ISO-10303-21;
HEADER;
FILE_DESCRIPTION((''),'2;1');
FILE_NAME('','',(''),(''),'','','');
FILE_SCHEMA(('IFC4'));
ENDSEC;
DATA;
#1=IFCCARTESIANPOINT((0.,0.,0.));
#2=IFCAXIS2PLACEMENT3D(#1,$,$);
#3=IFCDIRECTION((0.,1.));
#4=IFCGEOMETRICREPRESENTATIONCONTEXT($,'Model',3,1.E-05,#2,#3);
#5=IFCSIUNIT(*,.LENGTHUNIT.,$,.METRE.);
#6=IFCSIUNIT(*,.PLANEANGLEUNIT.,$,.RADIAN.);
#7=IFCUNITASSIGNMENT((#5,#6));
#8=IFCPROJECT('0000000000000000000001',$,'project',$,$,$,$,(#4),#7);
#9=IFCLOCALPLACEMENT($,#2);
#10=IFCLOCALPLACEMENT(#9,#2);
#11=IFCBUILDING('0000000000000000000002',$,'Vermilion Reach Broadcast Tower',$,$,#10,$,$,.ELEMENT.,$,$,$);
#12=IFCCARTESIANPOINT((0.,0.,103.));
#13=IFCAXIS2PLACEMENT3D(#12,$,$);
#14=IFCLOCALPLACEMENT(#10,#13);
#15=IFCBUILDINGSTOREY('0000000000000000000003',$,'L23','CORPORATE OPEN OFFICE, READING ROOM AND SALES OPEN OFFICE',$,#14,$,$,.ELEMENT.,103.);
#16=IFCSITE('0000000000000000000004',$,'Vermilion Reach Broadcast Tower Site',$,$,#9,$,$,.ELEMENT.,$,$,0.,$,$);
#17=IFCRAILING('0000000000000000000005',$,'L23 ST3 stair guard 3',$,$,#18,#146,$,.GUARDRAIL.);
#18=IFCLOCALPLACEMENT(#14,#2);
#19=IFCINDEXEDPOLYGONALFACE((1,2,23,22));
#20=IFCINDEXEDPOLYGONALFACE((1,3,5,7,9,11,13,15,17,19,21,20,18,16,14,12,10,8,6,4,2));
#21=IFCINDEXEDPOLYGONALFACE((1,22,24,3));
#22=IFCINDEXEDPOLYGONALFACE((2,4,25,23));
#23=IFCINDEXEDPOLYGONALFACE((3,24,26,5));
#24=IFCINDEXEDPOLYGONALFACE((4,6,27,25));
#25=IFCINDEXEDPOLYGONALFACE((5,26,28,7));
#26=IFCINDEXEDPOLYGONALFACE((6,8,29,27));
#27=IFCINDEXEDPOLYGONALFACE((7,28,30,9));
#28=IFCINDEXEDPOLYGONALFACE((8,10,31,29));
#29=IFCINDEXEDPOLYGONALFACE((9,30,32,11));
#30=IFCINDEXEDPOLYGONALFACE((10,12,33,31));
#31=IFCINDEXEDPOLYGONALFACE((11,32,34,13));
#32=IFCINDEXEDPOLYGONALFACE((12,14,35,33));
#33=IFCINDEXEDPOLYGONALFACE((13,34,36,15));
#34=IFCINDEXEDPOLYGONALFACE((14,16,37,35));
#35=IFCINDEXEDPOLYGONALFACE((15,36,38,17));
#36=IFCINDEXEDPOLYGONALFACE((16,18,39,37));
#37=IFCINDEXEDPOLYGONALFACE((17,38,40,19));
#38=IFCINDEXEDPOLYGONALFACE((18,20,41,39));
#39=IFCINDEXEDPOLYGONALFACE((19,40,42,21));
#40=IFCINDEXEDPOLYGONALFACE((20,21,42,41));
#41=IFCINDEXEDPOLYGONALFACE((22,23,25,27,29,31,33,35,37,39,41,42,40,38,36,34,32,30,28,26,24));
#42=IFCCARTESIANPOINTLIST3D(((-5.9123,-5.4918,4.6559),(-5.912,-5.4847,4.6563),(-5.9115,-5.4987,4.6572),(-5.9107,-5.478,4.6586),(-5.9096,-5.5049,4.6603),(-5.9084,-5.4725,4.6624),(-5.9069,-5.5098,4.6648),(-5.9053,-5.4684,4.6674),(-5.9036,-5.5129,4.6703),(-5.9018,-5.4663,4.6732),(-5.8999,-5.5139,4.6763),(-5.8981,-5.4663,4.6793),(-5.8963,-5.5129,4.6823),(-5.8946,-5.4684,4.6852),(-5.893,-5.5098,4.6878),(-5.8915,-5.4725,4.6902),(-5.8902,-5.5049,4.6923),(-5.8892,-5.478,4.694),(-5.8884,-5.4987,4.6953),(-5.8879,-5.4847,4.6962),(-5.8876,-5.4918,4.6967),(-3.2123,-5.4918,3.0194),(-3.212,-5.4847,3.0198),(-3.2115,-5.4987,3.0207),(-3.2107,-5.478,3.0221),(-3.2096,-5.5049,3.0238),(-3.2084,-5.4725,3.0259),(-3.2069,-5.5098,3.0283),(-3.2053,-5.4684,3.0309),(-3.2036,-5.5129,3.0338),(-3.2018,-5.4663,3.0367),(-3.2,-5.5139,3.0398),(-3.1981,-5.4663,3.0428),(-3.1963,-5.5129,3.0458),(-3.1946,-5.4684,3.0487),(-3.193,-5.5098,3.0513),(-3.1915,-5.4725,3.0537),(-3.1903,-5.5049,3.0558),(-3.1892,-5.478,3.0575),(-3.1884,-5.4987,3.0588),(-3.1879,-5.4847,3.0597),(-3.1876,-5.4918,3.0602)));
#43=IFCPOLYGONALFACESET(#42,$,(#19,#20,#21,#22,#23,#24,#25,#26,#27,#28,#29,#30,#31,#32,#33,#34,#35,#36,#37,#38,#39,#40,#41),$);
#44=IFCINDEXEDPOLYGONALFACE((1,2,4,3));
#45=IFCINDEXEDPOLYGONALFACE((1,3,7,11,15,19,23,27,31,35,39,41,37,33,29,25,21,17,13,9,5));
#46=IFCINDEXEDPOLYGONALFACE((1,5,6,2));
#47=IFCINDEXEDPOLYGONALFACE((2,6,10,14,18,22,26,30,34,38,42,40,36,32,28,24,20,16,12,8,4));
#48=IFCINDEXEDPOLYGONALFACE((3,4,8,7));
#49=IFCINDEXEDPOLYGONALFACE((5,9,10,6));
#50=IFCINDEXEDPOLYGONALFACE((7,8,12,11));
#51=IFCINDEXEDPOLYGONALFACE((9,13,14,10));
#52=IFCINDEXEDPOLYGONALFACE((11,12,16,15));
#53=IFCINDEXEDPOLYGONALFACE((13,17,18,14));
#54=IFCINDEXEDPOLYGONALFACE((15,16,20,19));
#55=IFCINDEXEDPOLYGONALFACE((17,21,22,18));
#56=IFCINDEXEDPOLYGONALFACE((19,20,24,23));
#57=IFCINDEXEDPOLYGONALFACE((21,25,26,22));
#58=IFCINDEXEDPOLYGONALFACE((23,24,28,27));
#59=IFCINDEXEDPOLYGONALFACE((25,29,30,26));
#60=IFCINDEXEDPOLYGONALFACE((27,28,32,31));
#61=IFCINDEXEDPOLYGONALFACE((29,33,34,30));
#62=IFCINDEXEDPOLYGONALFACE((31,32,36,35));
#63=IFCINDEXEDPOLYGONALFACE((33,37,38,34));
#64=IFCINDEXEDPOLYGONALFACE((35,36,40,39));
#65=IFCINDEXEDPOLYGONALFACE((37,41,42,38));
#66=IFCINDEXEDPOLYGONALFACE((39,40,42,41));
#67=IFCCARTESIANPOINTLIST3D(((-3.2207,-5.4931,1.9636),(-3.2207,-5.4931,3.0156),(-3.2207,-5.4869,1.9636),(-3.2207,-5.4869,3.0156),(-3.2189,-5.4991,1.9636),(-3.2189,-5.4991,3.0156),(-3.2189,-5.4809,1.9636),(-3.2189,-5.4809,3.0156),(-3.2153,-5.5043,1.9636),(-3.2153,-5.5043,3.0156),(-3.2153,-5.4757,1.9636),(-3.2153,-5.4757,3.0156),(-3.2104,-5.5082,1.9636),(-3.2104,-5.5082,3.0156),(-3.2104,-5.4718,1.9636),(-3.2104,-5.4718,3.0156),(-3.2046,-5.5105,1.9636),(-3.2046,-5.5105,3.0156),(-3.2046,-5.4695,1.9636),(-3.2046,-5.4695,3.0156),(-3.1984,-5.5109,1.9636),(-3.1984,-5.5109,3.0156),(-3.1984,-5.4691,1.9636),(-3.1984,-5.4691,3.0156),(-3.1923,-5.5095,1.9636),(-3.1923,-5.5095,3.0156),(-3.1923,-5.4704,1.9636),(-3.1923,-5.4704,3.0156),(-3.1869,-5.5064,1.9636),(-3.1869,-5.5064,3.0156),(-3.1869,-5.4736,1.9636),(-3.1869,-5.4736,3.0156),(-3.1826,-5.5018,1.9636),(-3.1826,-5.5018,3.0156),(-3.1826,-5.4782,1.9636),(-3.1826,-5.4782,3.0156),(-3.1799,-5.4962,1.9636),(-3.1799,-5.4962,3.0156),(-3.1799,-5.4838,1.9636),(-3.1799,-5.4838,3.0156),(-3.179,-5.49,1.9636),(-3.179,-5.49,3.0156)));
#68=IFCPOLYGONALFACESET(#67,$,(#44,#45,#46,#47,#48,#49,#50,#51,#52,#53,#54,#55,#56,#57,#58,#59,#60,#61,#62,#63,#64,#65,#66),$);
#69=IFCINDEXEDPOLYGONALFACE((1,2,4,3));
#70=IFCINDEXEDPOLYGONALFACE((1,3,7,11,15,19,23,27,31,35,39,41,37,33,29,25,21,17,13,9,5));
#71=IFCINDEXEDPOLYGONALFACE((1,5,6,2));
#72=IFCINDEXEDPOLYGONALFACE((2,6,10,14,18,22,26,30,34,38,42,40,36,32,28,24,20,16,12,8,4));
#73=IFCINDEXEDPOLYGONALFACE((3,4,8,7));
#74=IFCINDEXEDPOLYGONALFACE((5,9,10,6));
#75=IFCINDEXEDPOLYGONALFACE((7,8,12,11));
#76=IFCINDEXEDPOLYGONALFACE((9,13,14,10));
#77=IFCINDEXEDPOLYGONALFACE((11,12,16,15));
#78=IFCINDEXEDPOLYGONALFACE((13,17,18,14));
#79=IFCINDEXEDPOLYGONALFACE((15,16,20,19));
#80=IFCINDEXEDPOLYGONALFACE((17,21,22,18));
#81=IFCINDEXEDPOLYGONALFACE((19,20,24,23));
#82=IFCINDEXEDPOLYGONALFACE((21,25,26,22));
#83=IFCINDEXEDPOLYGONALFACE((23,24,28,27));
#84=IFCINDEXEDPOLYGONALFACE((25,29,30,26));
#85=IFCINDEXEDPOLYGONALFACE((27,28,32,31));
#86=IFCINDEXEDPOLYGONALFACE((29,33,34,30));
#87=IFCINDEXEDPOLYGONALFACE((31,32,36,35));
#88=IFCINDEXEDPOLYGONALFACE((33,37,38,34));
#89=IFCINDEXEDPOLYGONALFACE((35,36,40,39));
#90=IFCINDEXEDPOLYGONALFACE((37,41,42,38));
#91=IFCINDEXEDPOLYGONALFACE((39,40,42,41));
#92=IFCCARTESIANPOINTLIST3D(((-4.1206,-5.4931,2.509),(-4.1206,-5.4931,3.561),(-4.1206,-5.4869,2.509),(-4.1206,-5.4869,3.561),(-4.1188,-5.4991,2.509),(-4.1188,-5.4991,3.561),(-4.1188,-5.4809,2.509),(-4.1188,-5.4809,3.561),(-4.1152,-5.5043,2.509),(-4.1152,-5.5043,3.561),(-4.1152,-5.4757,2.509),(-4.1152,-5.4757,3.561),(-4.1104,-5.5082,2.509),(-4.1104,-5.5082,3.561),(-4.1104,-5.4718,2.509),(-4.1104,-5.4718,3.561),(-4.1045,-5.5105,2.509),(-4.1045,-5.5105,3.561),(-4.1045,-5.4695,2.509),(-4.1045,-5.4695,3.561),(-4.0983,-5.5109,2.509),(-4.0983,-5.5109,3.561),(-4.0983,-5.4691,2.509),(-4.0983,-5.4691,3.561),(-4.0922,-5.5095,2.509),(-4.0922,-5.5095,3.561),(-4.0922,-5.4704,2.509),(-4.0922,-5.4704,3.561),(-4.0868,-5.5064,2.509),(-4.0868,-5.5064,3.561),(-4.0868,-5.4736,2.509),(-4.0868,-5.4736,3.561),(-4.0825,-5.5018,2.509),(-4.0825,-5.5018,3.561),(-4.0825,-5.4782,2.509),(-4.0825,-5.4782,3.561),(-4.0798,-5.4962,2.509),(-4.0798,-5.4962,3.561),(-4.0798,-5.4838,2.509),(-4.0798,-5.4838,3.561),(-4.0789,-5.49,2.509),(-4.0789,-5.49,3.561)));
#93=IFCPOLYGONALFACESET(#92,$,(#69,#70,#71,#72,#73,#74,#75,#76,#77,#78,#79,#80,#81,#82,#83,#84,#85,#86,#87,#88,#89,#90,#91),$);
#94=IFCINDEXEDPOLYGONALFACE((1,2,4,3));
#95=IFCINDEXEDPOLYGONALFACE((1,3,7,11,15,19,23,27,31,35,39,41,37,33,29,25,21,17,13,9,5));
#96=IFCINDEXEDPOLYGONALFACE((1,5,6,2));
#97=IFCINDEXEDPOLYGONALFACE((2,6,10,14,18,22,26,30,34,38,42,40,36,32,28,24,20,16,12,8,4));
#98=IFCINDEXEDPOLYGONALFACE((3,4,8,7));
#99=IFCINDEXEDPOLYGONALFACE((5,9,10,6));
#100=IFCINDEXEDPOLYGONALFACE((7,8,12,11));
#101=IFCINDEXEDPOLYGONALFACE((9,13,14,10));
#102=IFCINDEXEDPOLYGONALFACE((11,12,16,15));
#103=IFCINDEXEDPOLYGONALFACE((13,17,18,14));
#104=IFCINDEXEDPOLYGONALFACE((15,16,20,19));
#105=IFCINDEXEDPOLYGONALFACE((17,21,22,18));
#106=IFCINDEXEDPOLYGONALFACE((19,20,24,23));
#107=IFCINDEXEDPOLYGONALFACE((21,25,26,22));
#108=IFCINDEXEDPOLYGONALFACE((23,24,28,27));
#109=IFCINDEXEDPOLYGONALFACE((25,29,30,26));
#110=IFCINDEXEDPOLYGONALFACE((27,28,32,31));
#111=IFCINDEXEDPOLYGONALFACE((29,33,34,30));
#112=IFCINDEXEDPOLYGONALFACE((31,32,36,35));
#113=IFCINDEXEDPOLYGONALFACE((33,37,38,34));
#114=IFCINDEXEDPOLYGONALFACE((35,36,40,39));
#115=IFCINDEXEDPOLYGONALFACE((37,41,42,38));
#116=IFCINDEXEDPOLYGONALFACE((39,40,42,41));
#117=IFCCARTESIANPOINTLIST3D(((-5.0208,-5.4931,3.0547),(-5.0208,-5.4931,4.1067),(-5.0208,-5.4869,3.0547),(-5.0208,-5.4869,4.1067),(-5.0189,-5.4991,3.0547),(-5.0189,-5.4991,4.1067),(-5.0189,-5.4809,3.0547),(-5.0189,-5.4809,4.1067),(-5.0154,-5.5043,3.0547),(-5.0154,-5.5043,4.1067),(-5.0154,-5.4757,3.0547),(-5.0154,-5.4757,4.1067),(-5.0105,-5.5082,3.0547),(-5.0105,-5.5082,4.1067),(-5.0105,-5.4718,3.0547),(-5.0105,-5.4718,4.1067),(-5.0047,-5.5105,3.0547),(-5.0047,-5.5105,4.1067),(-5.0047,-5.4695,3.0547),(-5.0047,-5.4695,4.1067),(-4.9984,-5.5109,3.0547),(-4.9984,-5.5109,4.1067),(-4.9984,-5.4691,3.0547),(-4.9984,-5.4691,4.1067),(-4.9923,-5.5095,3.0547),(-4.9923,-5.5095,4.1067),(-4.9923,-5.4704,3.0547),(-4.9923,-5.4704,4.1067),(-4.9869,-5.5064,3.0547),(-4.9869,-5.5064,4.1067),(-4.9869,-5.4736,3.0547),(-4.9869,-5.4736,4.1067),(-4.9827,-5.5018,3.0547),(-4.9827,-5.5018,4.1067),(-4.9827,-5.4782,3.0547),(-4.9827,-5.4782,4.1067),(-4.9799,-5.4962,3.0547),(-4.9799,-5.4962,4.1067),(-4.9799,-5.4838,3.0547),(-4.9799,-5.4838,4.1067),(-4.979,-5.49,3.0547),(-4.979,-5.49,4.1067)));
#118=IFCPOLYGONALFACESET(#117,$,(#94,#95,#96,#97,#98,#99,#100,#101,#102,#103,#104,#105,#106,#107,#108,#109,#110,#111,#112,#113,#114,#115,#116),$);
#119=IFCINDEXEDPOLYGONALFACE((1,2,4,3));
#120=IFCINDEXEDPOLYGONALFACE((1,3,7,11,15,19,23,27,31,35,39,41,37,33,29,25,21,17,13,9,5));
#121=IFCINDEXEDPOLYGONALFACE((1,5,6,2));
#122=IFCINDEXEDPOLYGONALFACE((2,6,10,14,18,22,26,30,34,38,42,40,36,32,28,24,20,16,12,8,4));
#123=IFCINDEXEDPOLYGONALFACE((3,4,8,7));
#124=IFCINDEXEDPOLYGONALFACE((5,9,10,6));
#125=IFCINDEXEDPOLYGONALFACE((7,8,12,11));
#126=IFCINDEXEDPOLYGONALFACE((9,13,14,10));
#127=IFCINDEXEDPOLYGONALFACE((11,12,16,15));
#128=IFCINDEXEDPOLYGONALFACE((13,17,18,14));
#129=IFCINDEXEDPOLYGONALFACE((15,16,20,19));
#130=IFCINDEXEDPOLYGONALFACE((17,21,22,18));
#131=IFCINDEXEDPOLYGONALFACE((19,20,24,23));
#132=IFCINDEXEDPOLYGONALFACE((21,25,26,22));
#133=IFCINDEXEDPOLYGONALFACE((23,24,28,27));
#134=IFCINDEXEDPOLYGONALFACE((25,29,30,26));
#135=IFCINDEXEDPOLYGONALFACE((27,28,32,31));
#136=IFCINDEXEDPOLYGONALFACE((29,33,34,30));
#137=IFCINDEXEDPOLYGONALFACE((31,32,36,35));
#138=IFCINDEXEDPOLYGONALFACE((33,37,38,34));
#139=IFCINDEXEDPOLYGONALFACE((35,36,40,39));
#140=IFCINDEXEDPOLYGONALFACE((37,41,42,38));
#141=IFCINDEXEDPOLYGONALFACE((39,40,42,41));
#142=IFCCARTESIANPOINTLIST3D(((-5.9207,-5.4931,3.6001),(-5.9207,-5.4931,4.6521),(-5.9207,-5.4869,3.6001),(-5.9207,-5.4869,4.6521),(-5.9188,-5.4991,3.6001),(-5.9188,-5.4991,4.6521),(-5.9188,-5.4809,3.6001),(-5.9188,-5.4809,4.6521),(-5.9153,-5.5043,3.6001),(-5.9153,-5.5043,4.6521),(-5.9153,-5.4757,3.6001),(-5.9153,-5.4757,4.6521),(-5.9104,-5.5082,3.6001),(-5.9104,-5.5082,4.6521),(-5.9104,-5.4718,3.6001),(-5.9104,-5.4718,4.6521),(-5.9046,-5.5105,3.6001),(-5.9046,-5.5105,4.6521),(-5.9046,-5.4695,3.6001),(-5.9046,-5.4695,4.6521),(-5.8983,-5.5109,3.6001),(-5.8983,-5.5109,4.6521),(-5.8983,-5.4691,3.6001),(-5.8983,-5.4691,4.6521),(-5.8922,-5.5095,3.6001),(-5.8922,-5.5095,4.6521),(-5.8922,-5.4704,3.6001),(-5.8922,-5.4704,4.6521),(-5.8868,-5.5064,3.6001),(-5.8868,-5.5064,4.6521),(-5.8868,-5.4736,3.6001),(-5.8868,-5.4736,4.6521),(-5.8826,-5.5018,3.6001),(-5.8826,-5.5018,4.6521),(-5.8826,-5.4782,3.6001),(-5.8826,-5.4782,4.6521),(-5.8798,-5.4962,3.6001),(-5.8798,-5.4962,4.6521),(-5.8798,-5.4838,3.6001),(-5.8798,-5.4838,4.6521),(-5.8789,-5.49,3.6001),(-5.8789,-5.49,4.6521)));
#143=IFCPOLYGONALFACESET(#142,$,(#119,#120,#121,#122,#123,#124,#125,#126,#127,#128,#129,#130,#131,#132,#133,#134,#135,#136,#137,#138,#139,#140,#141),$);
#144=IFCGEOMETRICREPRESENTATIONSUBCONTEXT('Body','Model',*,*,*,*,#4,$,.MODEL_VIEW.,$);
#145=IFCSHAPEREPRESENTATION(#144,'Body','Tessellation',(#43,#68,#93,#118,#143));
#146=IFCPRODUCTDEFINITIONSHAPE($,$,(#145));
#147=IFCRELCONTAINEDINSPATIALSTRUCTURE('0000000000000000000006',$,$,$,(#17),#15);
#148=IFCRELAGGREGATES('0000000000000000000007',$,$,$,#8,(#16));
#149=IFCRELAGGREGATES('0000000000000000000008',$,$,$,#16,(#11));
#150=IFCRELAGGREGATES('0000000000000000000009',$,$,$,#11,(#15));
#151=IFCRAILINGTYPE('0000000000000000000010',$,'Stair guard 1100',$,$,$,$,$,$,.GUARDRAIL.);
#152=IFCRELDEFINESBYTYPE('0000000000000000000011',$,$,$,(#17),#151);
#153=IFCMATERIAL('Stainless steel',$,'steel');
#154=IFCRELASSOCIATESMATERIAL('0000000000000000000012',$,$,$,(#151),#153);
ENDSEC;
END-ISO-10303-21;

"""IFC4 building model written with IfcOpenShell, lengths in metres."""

from ifc_helpers import new_model, si_unit, direction, frame, origin, origin_2d, place, context, subcontext, project, spatial, circle, extrude, material, type_object, element, save


model = new_model("IFC4")

# Units and contexts
model_context = context("Model", 3, precision=1e-05, world=origin(), true_north=direction((0.0, 1.0)))
body_context = subcontext(model_context, "Body", "Model", "MODEL_VIEW")
ifc_project = project(units=[si_unit("LENGTHUNIT", "METRE"), si_unit("PLANEANGLEUNIT", "RADIAN")], contexts=[model_context])

# Site, building, storey
site_placement = place(None, origin())
site = spatial("IfcSite", under=ifc_project, at=site_placement, Name="Vermilion Reach Broadcast Tower Site", CompositionType="ELEMENT", RefElevation=0.0)
building_placement = place(site_placement, origin())
building = spatial("IfcBuilding", under=site, at=building_placement, Name="Vermilion Reach Broadcast Tower", CompositionType="ELEMENT")
storey_placement = place(building_placement, frame((0.0, 0.0, 103.0)))
storey = spatial("IfcBuildingStorey", under=building, at=storey_placement, Name="L23", Description="CORPORATE OPEN OFFICE, READING ROOM AND SALES OPEN OFFICE", CompositionType="ELEMENT", Elevation=103.0)

# Railing
ifc_material_1 = material(Name="Stainless steel", Category="steel")
railing_type_1 = type_object("IfcRailingType", Name="Stair guard 1100", PredefinedType="GUARDRAIL", material=ifc_material_1)
railing_1_placement = place(storey_placement, frame((-3.2, -5.49, 1.9636)))
element("IfcRailing", 1, at=railing_1_placement, inside=storey, type_object=railing_type_1, Name="L23 ST3 stair guard 3", PredefinedType="GUARDRAIL", context=body_context, shape_type="SweptSolid", body=[
    extrude(circle(Radius=0.0239, at=origin_2d()), frame((0.0, 0.0, 1.0762), z_axis=(-0.855178, 0.0, 0.518334), x_axis=(0.0, -1.0, 0.0)), (0.0, 0.0, 1.0), 3.1572),
    extrude(circle(Radius=0.021, at=origin_2d()), origin(), (0.0, 0.0, 1.0), 1.052),
    extrude(circle(Radius=0.021, at=origin_2d()), frame((-0.8999, 0.0, 0.5454)), (0.0, 0.0, 1.0), 1.052),
    extrude(circle(Radius=0.021, at=origin_2d()), frame((-1.8, 0.0, 1.0911)), (0.0, 0.0, 1.0), 1.052),
    extrude(circle(Radius=0.021, at=origin_2d()), frame((-2.7, 0.0, 1.6365)), (0.0, 0.0, 1.0), 1.052),
])

save(model, "model.ifc")
